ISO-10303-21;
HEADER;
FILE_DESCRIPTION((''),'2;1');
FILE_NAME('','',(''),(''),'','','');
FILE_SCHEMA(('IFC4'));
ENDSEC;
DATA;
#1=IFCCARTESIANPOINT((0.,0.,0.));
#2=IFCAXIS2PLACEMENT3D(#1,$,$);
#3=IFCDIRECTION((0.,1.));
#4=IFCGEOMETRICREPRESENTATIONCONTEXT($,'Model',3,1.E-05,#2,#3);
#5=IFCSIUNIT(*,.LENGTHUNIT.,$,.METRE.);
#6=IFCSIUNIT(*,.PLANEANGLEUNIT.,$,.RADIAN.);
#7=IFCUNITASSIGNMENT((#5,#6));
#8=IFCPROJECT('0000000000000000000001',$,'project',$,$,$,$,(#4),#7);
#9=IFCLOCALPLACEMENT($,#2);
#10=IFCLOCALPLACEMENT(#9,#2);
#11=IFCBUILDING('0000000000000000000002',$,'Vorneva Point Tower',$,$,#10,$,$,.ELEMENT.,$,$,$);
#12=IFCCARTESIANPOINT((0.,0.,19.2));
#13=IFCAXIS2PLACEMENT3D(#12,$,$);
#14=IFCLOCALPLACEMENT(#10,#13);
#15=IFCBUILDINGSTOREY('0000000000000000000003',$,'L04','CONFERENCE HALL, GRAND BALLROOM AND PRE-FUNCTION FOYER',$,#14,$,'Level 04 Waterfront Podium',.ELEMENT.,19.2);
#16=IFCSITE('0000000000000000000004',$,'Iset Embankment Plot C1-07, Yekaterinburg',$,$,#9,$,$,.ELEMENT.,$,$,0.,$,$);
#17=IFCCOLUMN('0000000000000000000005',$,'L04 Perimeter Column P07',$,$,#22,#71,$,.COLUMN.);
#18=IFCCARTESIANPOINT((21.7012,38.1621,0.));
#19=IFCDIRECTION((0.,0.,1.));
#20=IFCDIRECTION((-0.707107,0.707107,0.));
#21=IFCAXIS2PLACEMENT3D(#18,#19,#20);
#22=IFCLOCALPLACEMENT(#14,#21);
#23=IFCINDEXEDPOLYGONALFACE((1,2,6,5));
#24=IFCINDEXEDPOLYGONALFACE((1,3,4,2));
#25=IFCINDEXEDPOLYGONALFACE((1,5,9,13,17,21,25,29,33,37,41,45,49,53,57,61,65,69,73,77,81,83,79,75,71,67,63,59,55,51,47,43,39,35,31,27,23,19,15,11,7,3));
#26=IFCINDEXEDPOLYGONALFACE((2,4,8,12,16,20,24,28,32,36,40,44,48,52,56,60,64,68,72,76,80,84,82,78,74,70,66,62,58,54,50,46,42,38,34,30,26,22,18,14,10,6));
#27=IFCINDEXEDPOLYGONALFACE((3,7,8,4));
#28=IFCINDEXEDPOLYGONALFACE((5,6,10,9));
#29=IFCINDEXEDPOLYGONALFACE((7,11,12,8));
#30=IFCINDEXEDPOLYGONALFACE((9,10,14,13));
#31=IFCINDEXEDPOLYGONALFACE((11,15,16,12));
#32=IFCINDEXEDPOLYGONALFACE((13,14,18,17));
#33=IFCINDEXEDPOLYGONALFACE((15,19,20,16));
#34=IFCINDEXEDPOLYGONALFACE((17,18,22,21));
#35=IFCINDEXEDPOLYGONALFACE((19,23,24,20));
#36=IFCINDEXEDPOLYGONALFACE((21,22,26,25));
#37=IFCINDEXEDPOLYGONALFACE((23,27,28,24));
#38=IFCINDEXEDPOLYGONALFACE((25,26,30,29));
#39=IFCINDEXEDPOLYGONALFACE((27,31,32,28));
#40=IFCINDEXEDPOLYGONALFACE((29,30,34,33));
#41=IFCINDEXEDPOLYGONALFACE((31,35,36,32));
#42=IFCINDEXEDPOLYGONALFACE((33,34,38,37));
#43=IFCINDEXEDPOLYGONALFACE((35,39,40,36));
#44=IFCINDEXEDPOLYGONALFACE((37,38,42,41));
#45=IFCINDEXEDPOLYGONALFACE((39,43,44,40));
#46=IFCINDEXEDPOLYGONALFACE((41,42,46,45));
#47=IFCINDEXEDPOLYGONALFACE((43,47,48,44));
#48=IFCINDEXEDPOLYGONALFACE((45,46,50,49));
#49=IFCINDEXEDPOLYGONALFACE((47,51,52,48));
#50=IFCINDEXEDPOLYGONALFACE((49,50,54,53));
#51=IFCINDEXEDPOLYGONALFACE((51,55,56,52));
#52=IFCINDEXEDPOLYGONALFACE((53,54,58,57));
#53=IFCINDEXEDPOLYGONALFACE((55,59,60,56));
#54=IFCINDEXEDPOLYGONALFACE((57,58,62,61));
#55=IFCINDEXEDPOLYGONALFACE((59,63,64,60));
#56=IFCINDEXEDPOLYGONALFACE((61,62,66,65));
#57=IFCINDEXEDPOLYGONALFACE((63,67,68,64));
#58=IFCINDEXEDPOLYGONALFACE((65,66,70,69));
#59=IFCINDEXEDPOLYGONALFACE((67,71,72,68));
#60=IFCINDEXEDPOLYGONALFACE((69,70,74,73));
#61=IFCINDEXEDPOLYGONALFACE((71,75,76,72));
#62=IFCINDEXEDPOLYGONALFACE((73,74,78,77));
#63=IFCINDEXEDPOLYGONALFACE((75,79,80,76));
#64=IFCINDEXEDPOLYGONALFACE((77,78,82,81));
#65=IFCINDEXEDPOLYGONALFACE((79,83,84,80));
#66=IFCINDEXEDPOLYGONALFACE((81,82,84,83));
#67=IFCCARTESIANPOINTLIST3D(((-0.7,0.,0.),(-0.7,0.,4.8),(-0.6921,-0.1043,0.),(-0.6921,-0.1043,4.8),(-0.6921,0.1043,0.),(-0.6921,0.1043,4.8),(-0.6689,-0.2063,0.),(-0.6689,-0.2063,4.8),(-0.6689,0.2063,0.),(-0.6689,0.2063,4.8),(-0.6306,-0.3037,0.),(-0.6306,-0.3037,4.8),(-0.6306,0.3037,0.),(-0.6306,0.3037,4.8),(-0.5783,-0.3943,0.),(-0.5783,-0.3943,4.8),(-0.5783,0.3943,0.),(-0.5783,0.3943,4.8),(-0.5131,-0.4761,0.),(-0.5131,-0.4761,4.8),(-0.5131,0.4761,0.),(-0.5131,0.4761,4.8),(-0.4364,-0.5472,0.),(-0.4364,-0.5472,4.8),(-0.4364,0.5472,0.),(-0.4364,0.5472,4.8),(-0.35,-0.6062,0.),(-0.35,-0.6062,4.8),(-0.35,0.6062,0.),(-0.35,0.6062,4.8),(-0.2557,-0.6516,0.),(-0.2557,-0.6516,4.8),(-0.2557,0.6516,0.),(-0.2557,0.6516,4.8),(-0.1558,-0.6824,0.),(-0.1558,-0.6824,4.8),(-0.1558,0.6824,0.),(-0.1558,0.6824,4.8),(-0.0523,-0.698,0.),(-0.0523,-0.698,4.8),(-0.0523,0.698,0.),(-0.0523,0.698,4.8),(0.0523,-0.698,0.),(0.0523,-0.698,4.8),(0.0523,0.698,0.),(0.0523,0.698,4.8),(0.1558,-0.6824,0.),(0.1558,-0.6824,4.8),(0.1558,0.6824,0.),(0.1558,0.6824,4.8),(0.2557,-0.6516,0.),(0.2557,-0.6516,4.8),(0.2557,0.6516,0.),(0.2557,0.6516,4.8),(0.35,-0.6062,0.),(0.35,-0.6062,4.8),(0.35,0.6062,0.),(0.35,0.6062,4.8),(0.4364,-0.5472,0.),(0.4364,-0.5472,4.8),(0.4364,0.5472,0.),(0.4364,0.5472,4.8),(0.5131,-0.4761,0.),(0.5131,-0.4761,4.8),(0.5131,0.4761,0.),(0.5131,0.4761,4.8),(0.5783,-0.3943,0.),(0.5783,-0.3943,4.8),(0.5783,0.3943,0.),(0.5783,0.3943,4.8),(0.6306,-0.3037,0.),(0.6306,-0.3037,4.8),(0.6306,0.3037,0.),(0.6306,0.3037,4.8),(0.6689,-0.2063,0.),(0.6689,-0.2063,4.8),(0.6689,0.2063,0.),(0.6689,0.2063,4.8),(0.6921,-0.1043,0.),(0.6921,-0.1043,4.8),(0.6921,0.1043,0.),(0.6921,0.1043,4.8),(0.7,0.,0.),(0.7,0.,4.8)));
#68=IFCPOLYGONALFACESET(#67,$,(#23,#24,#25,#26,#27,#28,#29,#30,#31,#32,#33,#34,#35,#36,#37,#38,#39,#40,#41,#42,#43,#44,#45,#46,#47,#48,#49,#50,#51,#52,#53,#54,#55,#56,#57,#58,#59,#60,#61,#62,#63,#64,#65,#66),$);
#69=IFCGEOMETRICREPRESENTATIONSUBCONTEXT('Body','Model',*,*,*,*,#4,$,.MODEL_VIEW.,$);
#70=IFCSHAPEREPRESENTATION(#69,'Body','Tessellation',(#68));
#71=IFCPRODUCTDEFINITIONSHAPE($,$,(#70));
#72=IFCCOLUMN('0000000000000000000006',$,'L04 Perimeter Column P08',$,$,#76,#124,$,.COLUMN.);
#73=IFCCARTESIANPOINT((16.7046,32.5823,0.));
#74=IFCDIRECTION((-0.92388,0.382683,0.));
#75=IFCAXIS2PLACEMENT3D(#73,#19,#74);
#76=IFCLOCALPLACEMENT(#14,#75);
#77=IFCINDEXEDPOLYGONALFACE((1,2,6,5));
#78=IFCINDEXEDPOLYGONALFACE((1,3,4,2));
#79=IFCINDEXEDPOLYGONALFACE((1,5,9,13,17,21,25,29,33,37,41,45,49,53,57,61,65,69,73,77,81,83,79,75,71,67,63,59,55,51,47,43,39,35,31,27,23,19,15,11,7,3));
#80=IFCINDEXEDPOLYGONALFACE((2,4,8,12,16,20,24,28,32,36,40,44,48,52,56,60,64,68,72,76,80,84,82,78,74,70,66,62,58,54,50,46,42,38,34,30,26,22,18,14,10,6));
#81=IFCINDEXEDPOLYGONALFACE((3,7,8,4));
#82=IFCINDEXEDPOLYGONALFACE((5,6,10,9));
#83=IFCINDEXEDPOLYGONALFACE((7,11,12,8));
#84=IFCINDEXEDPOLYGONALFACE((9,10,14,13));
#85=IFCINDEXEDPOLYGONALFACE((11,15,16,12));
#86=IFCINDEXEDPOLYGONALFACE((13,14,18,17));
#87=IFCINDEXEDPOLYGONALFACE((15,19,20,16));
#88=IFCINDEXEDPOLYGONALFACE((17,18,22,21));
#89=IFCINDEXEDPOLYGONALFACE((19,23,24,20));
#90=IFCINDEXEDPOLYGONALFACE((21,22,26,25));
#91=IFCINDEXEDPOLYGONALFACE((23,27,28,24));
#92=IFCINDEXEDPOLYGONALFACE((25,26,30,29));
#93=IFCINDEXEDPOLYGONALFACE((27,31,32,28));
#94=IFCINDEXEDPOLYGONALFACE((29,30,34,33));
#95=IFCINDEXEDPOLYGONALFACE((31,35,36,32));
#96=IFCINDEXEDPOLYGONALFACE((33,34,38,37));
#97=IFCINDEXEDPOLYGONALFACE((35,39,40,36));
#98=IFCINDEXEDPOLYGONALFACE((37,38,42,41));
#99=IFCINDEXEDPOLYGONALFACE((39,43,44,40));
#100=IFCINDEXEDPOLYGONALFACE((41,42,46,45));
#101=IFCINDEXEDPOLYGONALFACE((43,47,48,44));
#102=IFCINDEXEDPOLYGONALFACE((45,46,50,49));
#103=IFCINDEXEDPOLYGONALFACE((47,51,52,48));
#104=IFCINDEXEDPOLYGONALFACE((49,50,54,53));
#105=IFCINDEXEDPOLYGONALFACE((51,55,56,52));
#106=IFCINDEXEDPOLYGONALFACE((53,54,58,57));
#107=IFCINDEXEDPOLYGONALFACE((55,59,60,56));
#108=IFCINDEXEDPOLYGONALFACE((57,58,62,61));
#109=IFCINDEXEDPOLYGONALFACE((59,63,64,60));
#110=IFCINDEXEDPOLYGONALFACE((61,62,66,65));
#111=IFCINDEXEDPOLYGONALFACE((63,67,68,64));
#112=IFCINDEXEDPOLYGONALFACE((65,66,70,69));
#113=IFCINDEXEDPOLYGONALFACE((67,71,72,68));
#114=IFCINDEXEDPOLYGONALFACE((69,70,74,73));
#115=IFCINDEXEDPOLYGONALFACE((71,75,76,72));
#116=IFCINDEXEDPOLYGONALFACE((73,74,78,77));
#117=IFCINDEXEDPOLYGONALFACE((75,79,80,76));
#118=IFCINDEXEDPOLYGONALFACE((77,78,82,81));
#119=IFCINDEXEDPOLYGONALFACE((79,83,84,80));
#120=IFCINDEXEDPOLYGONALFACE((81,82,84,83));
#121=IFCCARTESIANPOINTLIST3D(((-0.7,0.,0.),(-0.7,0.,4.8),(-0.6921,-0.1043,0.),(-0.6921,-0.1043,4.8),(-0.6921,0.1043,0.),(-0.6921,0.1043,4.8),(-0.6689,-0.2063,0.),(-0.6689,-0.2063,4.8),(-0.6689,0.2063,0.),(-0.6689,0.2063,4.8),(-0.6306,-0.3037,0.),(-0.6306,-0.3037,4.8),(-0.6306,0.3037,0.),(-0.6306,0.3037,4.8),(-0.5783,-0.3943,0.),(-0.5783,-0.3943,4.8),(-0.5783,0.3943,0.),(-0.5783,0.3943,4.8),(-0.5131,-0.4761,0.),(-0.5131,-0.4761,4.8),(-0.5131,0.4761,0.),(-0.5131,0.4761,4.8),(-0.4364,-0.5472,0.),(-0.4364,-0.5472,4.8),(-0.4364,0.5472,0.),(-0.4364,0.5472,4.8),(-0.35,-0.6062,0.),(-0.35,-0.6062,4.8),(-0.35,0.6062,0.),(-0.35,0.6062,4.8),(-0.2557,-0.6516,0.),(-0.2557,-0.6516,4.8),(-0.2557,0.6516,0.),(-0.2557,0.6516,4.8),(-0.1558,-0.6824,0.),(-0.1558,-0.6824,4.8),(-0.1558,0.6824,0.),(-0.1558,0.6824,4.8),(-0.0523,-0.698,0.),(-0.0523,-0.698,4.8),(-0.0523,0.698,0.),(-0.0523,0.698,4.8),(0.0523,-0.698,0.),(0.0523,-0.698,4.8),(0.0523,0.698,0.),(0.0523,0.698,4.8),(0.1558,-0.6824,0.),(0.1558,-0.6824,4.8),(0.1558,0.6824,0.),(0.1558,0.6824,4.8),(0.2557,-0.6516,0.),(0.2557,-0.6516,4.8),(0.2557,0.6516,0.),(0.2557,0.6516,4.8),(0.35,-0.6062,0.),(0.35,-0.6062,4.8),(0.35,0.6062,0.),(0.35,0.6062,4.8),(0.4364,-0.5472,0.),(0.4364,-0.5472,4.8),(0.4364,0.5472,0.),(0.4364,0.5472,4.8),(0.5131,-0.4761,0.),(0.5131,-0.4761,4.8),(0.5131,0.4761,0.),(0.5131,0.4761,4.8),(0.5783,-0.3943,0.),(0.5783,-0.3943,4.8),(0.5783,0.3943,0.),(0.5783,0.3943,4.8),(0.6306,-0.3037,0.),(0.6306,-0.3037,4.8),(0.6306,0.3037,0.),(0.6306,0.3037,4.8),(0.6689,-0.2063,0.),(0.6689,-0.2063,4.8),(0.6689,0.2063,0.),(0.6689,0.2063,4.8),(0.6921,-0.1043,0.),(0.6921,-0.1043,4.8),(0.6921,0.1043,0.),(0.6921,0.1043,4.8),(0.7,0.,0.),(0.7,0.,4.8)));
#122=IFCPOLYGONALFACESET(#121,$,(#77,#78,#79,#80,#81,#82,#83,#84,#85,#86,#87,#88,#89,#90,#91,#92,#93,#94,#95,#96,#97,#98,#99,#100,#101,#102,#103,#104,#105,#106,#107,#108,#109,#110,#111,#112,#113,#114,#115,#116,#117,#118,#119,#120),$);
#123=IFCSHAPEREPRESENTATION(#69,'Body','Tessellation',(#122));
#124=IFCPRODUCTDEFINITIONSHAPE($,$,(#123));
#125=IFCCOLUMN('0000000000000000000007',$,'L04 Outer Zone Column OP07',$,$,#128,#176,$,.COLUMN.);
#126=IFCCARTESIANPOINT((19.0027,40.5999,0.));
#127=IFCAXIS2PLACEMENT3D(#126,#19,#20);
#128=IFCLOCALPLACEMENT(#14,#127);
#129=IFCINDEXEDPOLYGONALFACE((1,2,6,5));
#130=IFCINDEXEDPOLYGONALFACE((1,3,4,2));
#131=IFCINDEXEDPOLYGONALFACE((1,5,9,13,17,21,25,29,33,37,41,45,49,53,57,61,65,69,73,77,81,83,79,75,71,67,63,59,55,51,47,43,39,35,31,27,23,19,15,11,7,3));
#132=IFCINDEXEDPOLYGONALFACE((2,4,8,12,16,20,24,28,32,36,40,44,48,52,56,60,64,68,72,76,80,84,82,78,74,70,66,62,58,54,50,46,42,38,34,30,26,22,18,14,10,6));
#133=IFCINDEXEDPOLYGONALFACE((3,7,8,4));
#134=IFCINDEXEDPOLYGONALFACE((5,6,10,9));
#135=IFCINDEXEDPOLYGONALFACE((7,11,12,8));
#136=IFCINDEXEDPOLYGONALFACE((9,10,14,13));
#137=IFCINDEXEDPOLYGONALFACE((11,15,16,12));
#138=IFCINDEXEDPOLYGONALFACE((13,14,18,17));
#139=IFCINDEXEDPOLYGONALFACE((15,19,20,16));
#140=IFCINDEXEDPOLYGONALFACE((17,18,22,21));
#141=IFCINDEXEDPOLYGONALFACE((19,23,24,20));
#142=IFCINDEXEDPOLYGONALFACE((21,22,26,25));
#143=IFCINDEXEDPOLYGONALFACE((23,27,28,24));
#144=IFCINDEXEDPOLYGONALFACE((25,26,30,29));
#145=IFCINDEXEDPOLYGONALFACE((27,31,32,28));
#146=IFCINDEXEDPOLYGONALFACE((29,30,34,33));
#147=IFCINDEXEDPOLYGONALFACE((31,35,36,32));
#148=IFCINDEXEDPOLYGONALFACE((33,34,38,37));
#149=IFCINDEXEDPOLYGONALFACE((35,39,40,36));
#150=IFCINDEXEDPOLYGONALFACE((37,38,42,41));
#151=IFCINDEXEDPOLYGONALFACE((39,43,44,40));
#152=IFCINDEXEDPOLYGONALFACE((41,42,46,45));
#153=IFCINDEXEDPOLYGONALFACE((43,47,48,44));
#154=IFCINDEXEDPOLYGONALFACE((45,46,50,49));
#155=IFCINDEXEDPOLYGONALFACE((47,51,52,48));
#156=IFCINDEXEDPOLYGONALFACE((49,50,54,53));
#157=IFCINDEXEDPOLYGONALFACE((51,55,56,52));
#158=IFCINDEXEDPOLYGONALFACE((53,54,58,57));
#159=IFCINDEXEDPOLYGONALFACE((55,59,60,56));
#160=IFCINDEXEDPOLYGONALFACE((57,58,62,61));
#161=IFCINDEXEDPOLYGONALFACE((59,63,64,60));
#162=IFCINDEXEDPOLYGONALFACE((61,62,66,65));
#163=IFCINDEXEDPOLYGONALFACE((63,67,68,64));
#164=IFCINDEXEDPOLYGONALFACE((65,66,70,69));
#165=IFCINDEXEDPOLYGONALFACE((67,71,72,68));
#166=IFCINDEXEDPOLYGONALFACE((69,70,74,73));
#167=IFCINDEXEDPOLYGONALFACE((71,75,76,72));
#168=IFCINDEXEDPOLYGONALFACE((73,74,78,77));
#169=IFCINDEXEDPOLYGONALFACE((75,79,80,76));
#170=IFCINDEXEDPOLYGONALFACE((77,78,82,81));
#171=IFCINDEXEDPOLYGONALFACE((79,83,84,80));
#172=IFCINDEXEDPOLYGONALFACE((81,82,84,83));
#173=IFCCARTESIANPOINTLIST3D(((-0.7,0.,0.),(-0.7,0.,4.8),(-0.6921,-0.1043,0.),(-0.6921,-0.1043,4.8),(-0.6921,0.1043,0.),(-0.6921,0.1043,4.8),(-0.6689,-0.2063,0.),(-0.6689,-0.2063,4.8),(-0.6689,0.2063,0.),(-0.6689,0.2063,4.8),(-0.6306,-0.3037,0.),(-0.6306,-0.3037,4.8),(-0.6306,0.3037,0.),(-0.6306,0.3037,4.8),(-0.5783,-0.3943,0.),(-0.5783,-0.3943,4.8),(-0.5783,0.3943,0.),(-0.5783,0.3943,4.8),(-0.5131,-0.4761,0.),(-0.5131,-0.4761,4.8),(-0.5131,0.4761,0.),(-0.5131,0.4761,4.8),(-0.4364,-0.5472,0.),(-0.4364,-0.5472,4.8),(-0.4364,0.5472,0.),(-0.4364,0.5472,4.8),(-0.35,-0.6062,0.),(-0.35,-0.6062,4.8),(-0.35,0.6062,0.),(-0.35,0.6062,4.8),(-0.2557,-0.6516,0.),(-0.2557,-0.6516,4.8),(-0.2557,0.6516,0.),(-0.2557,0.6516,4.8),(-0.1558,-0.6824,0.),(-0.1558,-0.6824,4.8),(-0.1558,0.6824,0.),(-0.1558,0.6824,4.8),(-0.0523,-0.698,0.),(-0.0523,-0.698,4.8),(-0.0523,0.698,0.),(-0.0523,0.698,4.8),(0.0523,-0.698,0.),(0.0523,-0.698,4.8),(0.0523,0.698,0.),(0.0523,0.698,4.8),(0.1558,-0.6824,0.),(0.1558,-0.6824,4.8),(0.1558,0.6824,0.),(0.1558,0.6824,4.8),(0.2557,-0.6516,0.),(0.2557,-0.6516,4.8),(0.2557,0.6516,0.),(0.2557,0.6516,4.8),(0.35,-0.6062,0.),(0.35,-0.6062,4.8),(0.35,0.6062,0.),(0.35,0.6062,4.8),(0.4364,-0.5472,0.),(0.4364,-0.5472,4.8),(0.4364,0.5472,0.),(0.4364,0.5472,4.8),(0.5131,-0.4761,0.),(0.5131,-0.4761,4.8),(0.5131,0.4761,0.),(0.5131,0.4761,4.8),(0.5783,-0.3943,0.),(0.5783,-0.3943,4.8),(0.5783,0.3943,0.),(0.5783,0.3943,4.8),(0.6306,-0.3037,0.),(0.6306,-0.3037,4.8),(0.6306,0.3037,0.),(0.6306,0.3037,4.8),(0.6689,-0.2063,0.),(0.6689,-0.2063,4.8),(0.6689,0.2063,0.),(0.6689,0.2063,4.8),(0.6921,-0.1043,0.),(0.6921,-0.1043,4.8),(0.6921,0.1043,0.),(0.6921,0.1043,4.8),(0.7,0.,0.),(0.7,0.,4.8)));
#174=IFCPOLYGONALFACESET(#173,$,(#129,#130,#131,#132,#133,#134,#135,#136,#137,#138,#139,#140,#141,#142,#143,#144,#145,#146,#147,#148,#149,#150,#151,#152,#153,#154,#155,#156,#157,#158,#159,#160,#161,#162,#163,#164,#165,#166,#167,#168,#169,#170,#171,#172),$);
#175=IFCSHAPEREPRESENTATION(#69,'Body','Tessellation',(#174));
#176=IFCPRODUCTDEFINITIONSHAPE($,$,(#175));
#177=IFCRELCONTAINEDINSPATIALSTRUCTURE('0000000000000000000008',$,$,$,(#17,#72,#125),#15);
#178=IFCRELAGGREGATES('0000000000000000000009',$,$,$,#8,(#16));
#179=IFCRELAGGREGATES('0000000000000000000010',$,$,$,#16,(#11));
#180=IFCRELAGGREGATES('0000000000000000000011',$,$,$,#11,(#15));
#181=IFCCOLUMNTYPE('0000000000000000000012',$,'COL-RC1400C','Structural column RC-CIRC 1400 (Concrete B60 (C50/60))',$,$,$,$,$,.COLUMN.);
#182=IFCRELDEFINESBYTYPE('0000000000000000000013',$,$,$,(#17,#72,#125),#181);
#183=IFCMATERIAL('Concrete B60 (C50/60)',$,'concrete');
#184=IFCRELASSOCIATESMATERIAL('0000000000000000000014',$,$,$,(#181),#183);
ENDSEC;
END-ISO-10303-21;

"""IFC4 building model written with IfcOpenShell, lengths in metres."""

from ifc_helpers import new_model, si_unit, direction, frame, origin, origin_2d, place, context, subcontext, project, spatial, circle, extrude, material, material_profile, profile_set, type_object, element, save


model = new_model("IFC4")

# Units and contexts
model_context = context("Model", 3, precision=1e-05, world=origin(), true_north=direction((0.0, 1.0)))
body_context = subcontext(model_context, "Body", "Model", "MODEL_VIEW")
ifc_project = project(units=[si_unit("LENGTHUNIT", "METRE"), si_unit("PLANEANGLEUNIT", "RADIAN")], contexts=[model_context])

# Site, building, storey
site_placement = place(None, origin())
site = spatial("IfcSite", under=ifc_project, at=site_placement, Name="Iset Embankment Plot C1-07, Yekaterinburg", CompositionType="ELEMENT", RefElevation=0.0)
building_placement = place(site_placement, origin())
building = spatial("IfcBuilding", under=site, at=building_placement, Name="Vorneva Point Tower", CompositionType="ELEMENT")
storey_placement = place(building_placement, frame((0.0, 0.0, 19.2)))
storey = spatial("IfcBuildingStorey", under=building, at=storey_placement, Name="L04", Description="CONFERENCE HALL, GRAND BALLROOM AND PRE-FUNCTION FOYER", LongName="Level 04 Waterfront Podium", CompositionType="ELEMENT", Elevation=19.2)

# Columns
ifc_material_1 = material(Name="Concrete B60 (C50/60)", Category="concrete")
ifc_material_profile_1 = material_profile(ifc_material_1, circle(Radius=0.7, at=origin_2d()), Name="RC-CIRC 1400")
ifc_profile_set_1 = profile_set([ifc_material_profile_1], Name="Concrete B60 (C50/60)")
column_type_1 = type_object("IfcColumnType", Name="COL-RC1400C", Description="Structural column RC-CIRC 1400 (Concrete B60 (C50/60))", PredefinedType="COLUMN", material=ifc_profile_set_1)
for number, where, z_axis, x_axis, name in (
    (1, (21.7012, 38.1621, 0.0), (0.0, 0.0, 1.0), (-0.707107, 0.707107, 0.0), "L04 Perimeter Column P07"),
    (2, (16.7046, 32.5823, 0.0), (0.0, 0.0, 1.0), (-0.92388, 0.382683, 0.0), "L04 Perimeter Column P08"),
    (3, (19.0027, 40.5999, 0.0), (0.0, 0.0, 1.0), (-0.707107, 0.707107, 0.0), "L04 Outer Zone Column OP07"),
):
    element("IfcColumn", number, at=place(storey_placement, frame(where, z_axis=z_axis, x_axis=x_axis)), inside=storey, type_object=column_type_1, Name=name, PredefinedType="COLUMN", context=body_context, shape_type="SweptSolid", body=[
        extrude(circle(Radius=0.7, at=origin_2d()), origin(), (0.0, 0.0, 1.0), 4.8),
    ])

save(model, "model.ifc")
